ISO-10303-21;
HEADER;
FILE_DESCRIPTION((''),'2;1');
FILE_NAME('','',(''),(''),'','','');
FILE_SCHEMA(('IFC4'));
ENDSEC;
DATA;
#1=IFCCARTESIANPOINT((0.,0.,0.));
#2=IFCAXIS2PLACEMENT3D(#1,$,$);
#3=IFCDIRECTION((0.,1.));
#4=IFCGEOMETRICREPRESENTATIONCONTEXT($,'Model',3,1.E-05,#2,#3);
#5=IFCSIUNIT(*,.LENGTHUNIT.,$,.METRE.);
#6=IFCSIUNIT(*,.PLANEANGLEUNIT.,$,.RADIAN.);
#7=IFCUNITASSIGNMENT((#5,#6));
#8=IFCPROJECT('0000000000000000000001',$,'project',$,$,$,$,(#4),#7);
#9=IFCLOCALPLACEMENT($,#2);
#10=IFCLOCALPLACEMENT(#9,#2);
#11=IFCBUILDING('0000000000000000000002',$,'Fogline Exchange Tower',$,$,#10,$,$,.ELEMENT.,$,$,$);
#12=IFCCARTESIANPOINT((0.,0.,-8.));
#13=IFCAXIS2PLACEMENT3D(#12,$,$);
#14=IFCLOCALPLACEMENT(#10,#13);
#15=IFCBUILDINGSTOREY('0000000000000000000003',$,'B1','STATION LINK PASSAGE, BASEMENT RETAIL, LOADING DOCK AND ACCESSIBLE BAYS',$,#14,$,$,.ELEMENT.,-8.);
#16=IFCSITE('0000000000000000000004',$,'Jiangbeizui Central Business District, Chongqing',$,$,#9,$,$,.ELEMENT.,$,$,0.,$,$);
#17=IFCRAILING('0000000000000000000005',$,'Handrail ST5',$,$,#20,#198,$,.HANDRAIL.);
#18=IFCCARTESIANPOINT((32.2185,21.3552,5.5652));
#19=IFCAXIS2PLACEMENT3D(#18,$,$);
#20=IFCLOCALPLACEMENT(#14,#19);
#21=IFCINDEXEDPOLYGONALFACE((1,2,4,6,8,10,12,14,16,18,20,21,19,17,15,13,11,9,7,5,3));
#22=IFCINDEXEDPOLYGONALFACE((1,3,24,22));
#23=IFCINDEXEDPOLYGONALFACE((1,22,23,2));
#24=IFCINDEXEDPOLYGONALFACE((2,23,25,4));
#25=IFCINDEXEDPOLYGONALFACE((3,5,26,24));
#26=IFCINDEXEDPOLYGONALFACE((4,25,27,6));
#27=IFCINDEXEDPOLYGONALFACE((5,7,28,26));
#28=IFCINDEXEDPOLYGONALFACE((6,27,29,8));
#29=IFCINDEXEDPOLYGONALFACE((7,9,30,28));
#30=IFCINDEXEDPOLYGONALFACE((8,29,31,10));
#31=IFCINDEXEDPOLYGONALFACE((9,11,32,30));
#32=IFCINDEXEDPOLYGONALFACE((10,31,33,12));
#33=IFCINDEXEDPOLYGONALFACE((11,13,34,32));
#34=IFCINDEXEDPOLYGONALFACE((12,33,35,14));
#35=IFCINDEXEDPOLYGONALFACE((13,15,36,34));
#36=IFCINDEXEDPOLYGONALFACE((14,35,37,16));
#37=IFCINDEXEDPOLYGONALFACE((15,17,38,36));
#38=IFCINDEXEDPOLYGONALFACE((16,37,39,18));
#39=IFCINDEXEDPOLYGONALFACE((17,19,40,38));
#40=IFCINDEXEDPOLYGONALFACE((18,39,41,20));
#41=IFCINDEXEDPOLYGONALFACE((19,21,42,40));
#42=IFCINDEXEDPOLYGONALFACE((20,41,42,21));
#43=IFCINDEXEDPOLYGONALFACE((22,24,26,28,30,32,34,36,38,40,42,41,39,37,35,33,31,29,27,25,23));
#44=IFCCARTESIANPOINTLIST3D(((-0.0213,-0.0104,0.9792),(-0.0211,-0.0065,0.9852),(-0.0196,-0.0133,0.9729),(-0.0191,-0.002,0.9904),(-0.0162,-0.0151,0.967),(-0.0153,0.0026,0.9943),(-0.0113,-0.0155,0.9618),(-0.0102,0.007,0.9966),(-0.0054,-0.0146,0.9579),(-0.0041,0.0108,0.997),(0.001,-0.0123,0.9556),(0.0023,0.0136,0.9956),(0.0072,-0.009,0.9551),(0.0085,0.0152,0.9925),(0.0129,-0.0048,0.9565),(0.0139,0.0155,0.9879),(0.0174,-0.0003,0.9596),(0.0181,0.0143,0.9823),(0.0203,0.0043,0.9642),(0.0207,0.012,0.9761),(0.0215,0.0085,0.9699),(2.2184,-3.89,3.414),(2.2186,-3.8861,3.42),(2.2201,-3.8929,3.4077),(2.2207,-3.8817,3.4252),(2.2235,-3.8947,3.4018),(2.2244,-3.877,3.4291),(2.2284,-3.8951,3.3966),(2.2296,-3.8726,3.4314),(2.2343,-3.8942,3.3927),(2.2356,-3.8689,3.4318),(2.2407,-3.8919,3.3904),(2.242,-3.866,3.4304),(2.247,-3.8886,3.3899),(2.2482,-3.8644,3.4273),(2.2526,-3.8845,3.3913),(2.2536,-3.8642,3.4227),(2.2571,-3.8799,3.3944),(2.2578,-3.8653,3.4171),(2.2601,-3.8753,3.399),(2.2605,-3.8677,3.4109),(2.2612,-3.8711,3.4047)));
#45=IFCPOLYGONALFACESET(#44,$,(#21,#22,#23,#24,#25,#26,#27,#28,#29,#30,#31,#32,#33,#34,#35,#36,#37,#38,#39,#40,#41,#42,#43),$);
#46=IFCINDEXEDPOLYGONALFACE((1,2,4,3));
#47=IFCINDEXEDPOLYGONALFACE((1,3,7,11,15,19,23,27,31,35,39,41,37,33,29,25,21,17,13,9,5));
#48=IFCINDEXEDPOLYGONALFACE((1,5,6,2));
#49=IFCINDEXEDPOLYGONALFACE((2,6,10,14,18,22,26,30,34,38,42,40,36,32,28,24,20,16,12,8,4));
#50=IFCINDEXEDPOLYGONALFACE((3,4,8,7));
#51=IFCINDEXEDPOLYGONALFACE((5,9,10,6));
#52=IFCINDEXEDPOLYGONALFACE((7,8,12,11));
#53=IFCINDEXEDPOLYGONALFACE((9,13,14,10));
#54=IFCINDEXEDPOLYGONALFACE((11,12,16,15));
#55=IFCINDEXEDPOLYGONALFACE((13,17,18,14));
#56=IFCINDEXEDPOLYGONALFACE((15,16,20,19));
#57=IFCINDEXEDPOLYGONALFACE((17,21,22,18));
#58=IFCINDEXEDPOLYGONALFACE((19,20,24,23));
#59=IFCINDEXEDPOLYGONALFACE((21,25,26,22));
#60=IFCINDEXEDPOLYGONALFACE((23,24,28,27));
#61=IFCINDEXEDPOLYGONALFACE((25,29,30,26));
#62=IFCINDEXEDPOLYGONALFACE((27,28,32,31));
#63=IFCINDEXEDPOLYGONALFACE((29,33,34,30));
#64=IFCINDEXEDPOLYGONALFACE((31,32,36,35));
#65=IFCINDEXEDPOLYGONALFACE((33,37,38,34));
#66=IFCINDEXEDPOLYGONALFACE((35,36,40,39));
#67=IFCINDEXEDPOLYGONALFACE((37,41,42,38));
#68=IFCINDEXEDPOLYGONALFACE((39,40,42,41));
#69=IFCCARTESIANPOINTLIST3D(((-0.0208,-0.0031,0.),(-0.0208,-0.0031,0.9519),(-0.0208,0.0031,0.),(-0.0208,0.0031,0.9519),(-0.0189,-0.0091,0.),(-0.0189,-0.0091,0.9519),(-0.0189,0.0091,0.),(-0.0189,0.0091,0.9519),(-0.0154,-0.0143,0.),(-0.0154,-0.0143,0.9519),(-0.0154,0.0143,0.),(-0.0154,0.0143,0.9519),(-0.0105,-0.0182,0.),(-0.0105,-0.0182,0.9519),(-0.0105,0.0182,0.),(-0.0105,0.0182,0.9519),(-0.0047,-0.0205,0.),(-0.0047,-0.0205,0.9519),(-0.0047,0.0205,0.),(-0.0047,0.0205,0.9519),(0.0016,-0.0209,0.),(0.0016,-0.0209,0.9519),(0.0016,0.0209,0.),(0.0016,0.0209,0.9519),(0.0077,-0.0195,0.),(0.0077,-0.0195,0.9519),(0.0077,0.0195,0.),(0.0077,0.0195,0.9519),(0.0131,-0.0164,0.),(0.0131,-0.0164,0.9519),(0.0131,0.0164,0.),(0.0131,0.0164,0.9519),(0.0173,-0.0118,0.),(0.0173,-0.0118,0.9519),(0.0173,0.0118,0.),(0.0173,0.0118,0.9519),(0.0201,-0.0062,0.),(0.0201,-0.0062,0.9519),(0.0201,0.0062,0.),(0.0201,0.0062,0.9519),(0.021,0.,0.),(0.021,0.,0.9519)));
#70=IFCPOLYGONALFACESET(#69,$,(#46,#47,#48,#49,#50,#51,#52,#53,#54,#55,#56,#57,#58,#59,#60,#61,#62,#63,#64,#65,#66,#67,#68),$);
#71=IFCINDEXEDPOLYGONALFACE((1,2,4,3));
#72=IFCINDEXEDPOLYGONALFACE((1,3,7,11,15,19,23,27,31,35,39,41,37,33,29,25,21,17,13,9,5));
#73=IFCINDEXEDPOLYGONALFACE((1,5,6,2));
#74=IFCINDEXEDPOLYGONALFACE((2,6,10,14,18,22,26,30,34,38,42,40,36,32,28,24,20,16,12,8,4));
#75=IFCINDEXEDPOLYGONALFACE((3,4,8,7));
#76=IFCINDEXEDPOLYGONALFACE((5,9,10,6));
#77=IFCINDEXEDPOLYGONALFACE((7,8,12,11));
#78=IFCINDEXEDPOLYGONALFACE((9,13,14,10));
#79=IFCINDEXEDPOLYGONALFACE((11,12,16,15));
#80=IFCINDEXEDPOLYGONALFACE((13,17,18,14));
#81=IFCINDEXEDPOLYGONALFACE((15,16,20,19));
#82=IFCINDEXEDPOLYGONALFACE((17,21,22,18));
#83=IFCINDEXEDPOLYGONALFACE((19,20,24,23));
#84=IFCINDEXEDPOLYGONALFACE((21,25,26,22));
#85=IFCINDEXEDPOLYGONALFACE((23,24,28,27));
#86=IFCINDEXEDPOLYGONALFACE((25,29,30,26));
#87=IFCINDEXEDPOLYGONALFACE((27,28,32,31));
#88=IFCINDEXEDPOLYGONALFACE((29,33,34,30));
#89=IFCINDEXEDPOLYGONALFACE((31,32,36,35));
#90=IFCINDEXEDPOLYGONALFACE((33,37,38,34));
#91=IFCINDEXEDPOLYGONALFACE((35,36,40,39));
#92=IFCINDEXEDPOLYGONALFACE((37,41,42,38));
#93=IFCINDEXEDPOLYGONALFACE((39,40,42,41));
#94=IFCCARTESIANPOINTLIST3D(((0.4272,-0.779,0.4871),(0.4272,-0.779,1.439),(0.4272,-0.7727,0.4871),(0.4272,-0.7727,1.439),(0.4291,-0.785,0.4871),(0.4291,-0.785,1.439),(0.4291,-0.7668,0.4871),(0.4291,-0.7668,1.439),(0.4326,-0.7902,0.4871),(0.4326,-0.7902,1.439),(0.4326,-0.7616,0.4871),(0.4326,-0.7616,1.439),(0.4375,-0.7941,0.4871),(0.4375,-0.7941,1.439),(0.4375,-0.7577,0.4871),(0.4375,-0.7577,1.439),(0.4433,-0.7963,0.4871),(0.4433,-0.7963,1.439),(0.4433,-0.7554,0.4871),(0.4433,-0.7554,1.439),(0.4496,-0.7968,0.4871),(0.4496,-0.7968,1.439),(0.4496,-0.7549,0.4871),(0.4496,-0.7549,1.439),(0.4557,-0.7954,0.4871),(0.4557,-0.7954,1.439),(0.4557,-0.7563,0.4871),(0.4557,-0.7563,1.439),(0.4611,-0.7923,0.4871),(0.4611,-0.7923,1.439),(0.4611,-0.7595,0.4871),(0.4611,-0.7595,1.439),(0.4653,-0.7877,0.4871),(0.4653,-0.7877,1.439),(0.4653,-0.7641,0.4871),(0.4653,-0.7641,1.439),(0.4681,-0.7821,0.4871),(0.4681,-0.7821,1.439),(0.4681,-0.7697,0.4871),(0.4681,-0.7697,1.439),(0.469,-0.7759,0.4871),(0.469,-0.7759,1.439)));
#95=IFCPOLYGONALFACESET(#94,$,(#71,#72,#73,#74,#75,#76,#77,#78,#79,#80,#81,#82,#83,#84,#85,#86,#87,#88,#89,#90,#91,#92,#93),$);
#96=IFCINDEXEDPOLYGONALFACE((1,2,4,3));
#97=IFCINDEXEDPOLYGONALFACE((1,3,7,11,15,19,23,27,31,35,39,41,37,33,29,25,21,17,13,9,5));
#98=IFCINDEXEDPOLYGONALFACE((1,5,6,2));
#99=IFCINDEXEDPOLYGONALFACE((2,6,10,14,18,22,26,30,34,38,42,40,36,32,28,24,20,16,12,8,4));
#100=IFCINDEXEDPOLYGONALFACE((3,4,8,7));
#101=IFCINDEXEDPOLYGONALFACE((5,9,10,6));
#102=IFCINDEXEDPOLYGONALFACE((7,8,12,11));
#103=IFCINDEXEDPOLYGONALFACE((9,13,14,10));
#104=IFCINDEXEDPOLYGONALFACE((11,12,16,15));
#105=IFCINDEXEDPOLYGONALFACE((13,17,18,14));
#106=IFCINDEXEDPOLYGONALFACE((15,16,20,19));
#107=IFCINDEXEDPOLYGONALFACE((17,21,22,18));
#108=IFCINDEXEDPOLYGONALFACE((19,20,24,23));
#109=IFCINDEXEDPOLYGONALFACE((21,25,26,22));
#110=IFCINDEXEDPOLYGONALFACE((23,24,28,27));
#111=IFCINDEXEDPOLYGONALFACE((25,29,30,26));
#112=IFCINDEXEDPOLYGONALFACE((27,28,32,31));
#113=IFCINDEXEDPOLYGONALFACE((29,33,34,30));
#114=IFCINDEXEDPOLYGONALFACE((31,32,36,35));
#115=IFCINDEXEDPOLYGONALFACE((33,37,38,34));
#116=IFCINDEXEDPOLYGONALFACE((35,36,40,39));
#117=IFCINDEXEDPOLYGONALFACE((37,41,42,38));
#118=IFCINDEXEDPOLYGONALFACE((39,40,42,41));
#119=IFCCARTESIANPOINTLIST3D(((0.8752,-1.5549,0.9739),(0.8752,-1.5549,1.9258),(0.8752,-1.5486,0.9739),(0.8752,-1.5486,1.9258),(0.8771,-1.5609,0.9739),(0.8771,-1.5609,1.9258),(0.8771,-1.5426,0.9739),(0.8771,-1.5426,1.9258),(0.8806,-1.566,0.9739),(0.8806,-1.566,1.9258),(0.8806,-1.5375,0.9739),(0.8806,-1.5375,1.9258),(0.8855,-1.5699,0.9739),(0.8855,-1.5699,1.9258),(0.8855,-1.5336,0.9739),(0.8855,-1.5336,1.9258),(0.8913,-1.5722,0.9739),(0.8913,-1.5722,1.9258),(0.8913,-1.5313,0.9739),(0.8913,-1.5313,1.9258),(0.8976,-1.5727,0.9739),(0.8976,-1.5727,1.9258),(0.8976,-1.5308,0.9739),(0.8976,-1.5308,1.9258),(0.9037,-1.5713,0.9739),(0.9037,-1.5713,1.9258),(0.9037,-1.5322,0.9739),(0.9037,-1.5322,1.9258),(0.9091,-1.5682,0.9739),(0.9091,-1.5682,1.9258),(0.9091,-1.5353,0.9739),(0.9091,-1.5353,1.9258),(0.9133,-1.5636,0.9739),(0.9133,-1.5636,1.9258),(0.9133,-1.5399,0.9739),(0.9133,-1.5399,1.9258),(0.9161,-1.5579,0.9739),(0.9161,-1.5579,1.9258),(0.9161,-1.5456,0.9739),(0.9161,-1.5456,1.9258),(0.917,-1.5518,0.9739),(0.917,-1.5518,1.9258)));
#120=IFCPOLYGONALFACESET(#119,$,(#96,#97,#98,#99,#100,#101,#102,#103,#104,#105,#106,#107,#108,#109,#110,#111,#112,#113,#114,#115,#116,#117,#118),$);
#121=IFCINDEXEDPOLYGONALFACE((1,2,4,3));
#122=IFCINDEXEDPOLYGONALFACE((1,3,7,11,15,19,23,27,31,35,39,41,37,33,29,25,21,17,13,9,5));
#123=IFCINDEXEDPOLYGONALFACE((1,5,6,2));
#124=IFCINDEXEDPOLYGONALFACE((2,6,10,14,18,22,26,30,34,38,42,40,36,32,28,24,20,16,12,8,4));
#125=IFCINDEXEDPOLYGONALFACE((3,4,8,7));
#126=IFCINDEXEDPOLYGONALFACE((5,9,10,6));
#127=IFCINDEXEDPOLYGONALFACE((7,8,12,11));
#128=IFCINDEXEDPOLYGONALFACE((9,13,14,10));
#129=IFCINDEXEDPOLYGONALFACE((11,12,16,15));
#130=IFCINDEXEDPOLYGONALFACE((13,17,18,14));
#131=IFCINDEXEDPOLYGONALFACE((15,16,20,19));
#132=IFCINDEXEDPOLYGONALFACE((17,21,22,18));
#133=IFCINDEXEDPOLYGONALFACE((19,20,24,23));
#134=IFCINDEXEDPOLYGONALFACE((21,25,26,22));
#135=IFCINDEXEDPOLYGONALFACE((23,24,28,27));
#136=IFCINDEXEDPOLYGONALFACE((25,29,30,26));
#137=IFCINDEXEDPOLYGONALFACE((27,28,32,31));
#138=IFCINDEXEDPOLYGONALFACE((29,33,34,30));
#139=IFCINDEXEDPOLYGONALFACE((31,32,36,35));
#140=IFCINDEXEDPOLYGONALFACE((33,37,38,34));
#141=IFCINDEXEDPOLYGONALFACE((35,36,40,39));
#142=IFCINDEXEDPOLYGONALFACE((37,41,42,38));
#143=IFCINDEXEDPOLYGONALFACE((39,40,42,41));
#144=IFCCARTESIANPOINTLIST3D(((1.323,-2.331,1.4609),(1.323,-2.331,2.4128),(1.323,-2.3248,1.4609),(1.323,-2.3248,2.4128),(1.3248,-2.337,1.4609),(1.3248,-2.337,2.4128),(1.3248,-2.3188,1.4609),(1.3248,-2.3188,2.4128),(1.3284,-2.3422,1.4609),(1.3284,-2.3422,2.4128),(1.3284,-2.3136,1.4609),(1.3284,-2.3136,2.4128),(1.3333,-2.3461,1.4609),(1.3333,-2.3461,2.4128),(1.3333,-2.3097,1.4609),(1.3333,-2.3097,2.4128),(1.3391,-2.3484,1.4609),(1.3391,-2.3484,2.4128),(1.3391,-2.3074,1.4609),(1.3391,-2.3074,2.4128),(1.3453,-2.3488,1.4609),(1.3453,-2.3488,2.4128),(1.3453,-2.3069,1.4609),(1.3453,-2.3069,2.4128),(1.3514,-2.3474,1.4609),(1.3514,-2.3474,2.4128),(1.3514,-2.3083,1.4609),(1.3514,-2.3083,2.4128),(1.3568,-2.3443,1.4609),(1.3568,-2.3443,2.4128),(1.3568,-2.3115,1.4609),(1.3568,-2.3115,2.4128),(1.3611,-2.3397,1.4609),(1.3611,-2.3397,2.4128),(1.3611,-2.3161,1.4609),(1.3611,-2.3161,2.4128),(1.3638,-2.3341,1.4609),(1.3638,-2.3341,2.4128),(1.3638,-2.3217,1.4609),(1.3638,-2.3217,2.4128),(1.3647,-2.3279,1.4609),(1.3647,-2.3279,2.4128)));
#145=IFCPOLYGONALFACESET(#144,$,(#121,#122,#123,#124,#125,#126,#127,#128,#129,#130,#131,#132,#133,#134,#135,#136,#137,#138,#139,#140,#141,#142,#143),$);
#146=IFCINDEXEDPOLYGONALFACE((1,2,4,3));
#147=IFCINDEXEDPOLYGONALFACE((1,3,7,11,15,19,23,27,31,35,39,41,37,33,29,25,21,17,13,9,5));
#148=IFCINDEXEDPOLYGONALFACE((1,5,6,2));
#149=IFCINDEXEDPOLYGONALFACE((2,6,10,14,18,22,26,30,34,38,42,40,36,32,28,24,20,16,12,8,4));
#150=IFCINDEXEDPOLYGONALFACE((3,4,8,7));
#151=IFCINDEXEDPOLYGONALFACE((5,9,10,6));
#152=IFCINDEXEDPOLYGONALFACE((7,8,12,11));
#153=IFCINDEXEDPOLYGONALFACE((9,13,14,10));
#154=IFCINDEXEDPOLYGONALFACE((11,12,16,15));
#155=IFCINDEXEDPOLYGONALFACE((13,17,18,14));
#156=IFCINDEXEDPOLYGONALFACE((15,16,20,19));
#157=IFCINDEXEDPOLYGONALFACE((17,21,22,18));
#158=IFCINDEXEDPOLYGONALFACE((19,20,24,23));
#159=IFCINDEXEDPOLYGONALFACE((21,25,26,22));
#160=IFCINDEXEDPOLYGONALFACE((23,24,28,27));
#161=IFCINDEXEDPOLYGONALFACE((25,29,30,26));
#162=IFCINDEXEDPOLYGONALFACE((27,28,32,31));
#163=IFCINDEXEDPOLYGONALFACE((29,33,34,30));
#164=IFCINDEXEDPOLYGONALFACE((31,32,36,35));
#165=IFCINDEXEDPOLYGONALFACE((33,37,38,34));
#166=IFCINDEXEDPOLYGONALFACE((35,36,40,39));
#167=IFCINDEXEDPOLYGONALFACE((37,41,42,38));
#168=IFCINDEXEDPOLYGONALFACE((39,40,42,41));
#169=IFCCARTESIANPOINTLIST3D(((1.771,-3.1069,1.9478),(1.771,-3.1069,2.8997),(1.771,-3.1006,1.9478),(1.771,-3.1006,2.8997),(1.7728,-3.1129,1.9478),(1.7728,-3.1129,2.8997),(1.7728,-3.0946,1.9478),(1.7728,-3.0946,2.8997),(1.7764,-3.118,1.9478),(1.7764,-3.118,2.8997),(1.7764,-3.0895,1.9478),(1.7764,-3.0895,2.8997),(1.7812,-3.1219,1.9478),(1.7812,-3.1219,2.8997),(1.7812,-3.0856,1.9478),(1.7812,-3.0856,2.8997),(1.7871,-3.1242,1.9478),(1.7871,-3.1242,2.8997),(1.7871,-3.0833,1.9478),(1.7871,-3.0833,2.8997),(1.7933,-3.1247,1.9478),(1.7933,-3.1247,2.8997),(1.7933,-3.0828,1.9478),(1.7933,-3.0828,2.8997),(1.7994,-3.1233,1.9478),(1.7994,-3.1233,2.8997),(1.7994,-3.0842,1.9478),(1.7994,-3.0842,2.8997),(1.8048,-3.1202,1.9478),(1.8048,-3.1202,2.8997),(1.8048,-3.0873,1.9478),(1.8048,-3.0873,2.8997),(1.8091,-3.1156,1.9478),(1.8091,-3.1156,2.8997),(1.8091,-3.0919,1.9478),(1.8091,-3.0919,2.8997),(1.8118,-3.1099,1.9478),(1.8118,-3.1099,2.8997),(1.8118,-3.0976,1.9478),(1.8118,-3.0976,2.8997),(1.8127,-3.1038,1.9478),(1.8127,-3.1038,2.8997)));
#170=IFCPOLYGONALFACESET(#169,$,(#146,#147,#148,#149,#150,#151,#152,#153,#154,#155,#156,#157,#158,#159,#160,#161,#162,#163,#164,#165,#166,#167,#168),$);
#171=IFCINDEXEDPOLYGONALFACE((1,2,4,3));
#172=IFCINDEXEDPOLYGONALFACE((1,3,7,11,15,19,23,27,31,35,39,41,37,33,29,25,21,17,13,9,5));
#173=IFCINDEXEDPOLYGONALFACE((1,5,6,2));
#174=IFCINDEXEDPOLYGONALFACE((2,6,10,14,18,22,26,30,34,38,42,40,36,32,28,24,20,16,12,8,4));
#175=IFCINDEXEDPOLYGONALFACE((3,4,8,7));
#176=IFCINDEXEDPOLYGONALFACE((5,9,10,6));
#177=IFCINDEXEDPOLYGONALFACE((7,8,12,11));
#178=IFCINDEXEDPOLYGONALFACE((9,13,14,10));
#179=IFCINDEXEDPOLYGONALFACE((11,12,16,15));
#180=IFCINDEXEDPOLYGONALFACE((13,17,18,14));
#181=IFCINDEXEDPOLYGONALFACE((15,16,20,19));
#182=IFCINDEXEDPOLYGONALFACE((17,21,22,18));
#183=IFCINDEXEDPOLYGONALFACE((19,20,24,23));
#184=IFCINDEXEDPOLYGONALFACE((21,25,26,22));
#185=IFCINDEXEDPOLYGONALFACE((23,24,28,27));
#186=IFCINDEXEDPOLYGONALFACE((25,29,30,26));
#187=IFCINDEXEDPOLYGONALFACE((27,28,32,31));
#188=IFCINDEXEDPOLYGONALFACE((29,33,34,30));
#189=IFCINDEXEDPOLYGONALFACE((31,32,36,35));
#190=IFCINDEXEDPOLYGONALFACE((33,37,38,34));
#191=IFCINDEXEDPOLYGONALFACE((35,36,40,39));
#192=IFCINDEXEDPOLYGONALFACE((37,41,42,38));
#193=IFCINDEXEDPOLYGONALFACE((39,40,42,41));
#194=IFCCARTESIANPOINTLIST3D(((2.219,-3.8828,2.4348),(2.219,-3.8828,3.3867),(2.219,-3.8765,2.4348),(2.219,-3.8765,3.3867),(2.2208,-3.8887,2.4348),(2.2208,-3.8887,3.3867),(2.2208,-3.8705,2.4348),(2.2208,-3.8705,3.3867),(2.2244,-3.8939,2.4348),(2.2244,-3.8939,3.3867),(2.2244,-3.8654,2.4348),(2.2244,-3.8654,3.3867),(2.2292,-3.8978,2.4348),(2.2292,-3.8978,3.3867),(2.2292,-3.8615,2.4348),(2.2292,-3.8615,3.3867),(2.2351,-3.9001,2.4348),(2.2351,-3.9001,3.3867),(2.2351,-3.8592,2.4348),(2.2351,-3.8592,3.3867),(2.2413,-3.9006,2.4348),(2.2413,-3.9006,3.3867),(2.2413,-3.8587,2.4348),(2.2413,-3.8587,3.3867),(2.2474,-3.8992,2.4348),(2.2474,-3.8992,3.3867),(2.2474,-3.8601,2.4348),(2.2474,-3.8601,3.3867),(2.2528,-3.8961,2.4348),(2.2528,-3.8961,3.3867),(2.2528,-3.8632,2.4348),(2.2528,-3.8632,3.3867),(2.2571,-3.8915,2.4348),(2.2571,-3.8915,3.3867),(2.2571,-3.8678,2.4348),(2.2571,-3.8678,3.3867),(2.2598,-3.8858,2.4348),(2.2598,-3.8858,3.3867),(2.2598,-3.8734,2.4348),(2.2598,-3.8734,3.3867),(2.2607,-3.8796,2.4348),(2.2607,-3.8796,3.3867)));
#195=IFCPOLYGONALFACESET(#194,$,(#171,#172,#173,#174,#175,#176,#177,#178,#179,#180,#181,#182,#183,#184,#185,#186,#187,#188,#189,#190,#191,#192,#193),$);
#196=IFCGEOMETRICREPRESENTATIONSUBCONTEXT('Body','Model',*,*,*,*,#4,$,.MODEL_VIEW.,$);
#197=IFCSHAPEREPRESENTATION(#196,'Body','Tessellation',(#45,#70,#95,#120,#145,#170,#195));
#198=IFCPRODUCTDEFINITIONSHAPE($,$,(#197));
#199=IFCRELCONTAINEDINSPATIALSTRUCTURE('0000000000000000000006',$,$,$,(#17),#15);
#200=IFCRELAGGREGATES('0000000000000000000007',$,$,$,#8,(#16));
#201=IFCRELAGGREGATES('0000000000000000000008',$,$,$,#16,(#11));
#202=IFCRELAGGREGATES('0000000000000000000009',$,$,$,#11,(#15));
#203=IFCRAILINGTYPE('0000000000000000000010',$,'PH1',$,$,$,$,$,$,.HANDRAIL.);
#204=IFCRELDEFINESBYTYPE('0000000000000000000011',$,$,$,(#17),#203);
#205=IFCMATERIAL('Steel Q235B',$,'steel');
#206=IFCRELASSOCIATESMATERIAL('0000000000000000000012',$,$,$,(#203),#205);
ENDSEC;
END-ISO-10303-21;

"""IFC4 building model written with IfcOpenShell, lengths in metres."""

from ifc_helpers import new_model, si_unit, direction, frame, origin, origin_2d, place, context, subcontext, project, spatial, circle, extrude, material, type_object, element, save


model = new_model("IFC4")

# Units and contexts
model_context = context("Model", 3, precision=1e-05, world=origin(), true_north=direction((0.0, 1.0)))
body_context = subcontext(model_context, "Body", "Model", "MODEL_VIEW")
ifc_project = project(units=[si_unit("LENGTHUNIT", "METRE"), si_unit("PLANEANGLEUNIT", "RADIAN")], contexts=[model_context])

# Site, building, storey
site_placement = place(None, origin())
site = spatial("IfcSite", under=ifc_project, at=site_placement, Name="Jiangbeizui Central Business District, Chongqing", CompositionType="ELEMENT", RefElevation=0.0)
building_placement = place(site_placement, origin())
building = spatial("IfcBuilding", under=site, at=building_placement, Name="Fogline Exchange Tower", CompositionType="ELEMENT")
storey_placement = place(building_placement, frame((0.0, 0.0, -8.0)))
storey = spatial("IfcBuildingStorey", under=building, at=storey_placement, Name="B1", Description="STATION LINK PASSAGE, BASEMENT RETAIL, LOADING DOCK AND ACCESSIBLE BAYS", CompositionType="ELEMENT", Elevation=-8.0)

# Shared definitions
ifc_material_1 = material(Name="Steel Q235B", Category="steel")

# Railing
railing_type_1 = type_object("IfcRailingType", Name="PH1", PredefinedType="HANDRAIL", material=ifc_material_1)
railing_1_placement = place(storey_placement, frame((32.2185, 21.3552, 5.5652)))
element("IfcRailing", 1, at=railing_1_placement, inside=storey, type_object=railing_type_1, Name="Handrail ST5", PredefinedType="HANDRAIL", context=body_context, shape_type="SweptSolid", body=[
    extrude(circle(Radius=0.0239, at=origin_2d()), frame((0.0, 0.0, 0.9761), z_axis=(0.439281, -0.760913, 0.47754), x_axis=(0.866041, 0.499972, 0.0)), (0.0, 0.0, 1.0), 5.0986),
    extrude(circle(Radius=0.021, at=origin_2d()), origin(), (0.0, 0.0, 1.0), 0.9519),
    extrude(circle(Radius=0.021, at=origin_2d()), frame((0.448, -0.7759, 0.4871)), (0.0, 0.0, 1.0), 0.9519),
    extrude(circle(Radius=0.021, at=origin_2d()), frame((0.896, -1.5518, 0.9739)), (0.0, 0.0, 1.0), 0.9519),
    extrude(circle(Radius=0.021, at=origin_2d()), frame((1.3438, -2.3279, 1.4609)), (0.0, 0.0, 1.0), 0.9519),
    extrude(circle(Radius=0.021, at=origin_2d()), frame((1.7917, -3.1038, 1.9478)), (0.0, 0.0, 1.0), 0.9519),
    extrude(circle(Radius=0.021, at=origin_2d()), frame((2.2397, -3.8796, 2.4348)), (0.0, 0.0, 1.0), 0.9519),
])

save(model, "model.ifc")
